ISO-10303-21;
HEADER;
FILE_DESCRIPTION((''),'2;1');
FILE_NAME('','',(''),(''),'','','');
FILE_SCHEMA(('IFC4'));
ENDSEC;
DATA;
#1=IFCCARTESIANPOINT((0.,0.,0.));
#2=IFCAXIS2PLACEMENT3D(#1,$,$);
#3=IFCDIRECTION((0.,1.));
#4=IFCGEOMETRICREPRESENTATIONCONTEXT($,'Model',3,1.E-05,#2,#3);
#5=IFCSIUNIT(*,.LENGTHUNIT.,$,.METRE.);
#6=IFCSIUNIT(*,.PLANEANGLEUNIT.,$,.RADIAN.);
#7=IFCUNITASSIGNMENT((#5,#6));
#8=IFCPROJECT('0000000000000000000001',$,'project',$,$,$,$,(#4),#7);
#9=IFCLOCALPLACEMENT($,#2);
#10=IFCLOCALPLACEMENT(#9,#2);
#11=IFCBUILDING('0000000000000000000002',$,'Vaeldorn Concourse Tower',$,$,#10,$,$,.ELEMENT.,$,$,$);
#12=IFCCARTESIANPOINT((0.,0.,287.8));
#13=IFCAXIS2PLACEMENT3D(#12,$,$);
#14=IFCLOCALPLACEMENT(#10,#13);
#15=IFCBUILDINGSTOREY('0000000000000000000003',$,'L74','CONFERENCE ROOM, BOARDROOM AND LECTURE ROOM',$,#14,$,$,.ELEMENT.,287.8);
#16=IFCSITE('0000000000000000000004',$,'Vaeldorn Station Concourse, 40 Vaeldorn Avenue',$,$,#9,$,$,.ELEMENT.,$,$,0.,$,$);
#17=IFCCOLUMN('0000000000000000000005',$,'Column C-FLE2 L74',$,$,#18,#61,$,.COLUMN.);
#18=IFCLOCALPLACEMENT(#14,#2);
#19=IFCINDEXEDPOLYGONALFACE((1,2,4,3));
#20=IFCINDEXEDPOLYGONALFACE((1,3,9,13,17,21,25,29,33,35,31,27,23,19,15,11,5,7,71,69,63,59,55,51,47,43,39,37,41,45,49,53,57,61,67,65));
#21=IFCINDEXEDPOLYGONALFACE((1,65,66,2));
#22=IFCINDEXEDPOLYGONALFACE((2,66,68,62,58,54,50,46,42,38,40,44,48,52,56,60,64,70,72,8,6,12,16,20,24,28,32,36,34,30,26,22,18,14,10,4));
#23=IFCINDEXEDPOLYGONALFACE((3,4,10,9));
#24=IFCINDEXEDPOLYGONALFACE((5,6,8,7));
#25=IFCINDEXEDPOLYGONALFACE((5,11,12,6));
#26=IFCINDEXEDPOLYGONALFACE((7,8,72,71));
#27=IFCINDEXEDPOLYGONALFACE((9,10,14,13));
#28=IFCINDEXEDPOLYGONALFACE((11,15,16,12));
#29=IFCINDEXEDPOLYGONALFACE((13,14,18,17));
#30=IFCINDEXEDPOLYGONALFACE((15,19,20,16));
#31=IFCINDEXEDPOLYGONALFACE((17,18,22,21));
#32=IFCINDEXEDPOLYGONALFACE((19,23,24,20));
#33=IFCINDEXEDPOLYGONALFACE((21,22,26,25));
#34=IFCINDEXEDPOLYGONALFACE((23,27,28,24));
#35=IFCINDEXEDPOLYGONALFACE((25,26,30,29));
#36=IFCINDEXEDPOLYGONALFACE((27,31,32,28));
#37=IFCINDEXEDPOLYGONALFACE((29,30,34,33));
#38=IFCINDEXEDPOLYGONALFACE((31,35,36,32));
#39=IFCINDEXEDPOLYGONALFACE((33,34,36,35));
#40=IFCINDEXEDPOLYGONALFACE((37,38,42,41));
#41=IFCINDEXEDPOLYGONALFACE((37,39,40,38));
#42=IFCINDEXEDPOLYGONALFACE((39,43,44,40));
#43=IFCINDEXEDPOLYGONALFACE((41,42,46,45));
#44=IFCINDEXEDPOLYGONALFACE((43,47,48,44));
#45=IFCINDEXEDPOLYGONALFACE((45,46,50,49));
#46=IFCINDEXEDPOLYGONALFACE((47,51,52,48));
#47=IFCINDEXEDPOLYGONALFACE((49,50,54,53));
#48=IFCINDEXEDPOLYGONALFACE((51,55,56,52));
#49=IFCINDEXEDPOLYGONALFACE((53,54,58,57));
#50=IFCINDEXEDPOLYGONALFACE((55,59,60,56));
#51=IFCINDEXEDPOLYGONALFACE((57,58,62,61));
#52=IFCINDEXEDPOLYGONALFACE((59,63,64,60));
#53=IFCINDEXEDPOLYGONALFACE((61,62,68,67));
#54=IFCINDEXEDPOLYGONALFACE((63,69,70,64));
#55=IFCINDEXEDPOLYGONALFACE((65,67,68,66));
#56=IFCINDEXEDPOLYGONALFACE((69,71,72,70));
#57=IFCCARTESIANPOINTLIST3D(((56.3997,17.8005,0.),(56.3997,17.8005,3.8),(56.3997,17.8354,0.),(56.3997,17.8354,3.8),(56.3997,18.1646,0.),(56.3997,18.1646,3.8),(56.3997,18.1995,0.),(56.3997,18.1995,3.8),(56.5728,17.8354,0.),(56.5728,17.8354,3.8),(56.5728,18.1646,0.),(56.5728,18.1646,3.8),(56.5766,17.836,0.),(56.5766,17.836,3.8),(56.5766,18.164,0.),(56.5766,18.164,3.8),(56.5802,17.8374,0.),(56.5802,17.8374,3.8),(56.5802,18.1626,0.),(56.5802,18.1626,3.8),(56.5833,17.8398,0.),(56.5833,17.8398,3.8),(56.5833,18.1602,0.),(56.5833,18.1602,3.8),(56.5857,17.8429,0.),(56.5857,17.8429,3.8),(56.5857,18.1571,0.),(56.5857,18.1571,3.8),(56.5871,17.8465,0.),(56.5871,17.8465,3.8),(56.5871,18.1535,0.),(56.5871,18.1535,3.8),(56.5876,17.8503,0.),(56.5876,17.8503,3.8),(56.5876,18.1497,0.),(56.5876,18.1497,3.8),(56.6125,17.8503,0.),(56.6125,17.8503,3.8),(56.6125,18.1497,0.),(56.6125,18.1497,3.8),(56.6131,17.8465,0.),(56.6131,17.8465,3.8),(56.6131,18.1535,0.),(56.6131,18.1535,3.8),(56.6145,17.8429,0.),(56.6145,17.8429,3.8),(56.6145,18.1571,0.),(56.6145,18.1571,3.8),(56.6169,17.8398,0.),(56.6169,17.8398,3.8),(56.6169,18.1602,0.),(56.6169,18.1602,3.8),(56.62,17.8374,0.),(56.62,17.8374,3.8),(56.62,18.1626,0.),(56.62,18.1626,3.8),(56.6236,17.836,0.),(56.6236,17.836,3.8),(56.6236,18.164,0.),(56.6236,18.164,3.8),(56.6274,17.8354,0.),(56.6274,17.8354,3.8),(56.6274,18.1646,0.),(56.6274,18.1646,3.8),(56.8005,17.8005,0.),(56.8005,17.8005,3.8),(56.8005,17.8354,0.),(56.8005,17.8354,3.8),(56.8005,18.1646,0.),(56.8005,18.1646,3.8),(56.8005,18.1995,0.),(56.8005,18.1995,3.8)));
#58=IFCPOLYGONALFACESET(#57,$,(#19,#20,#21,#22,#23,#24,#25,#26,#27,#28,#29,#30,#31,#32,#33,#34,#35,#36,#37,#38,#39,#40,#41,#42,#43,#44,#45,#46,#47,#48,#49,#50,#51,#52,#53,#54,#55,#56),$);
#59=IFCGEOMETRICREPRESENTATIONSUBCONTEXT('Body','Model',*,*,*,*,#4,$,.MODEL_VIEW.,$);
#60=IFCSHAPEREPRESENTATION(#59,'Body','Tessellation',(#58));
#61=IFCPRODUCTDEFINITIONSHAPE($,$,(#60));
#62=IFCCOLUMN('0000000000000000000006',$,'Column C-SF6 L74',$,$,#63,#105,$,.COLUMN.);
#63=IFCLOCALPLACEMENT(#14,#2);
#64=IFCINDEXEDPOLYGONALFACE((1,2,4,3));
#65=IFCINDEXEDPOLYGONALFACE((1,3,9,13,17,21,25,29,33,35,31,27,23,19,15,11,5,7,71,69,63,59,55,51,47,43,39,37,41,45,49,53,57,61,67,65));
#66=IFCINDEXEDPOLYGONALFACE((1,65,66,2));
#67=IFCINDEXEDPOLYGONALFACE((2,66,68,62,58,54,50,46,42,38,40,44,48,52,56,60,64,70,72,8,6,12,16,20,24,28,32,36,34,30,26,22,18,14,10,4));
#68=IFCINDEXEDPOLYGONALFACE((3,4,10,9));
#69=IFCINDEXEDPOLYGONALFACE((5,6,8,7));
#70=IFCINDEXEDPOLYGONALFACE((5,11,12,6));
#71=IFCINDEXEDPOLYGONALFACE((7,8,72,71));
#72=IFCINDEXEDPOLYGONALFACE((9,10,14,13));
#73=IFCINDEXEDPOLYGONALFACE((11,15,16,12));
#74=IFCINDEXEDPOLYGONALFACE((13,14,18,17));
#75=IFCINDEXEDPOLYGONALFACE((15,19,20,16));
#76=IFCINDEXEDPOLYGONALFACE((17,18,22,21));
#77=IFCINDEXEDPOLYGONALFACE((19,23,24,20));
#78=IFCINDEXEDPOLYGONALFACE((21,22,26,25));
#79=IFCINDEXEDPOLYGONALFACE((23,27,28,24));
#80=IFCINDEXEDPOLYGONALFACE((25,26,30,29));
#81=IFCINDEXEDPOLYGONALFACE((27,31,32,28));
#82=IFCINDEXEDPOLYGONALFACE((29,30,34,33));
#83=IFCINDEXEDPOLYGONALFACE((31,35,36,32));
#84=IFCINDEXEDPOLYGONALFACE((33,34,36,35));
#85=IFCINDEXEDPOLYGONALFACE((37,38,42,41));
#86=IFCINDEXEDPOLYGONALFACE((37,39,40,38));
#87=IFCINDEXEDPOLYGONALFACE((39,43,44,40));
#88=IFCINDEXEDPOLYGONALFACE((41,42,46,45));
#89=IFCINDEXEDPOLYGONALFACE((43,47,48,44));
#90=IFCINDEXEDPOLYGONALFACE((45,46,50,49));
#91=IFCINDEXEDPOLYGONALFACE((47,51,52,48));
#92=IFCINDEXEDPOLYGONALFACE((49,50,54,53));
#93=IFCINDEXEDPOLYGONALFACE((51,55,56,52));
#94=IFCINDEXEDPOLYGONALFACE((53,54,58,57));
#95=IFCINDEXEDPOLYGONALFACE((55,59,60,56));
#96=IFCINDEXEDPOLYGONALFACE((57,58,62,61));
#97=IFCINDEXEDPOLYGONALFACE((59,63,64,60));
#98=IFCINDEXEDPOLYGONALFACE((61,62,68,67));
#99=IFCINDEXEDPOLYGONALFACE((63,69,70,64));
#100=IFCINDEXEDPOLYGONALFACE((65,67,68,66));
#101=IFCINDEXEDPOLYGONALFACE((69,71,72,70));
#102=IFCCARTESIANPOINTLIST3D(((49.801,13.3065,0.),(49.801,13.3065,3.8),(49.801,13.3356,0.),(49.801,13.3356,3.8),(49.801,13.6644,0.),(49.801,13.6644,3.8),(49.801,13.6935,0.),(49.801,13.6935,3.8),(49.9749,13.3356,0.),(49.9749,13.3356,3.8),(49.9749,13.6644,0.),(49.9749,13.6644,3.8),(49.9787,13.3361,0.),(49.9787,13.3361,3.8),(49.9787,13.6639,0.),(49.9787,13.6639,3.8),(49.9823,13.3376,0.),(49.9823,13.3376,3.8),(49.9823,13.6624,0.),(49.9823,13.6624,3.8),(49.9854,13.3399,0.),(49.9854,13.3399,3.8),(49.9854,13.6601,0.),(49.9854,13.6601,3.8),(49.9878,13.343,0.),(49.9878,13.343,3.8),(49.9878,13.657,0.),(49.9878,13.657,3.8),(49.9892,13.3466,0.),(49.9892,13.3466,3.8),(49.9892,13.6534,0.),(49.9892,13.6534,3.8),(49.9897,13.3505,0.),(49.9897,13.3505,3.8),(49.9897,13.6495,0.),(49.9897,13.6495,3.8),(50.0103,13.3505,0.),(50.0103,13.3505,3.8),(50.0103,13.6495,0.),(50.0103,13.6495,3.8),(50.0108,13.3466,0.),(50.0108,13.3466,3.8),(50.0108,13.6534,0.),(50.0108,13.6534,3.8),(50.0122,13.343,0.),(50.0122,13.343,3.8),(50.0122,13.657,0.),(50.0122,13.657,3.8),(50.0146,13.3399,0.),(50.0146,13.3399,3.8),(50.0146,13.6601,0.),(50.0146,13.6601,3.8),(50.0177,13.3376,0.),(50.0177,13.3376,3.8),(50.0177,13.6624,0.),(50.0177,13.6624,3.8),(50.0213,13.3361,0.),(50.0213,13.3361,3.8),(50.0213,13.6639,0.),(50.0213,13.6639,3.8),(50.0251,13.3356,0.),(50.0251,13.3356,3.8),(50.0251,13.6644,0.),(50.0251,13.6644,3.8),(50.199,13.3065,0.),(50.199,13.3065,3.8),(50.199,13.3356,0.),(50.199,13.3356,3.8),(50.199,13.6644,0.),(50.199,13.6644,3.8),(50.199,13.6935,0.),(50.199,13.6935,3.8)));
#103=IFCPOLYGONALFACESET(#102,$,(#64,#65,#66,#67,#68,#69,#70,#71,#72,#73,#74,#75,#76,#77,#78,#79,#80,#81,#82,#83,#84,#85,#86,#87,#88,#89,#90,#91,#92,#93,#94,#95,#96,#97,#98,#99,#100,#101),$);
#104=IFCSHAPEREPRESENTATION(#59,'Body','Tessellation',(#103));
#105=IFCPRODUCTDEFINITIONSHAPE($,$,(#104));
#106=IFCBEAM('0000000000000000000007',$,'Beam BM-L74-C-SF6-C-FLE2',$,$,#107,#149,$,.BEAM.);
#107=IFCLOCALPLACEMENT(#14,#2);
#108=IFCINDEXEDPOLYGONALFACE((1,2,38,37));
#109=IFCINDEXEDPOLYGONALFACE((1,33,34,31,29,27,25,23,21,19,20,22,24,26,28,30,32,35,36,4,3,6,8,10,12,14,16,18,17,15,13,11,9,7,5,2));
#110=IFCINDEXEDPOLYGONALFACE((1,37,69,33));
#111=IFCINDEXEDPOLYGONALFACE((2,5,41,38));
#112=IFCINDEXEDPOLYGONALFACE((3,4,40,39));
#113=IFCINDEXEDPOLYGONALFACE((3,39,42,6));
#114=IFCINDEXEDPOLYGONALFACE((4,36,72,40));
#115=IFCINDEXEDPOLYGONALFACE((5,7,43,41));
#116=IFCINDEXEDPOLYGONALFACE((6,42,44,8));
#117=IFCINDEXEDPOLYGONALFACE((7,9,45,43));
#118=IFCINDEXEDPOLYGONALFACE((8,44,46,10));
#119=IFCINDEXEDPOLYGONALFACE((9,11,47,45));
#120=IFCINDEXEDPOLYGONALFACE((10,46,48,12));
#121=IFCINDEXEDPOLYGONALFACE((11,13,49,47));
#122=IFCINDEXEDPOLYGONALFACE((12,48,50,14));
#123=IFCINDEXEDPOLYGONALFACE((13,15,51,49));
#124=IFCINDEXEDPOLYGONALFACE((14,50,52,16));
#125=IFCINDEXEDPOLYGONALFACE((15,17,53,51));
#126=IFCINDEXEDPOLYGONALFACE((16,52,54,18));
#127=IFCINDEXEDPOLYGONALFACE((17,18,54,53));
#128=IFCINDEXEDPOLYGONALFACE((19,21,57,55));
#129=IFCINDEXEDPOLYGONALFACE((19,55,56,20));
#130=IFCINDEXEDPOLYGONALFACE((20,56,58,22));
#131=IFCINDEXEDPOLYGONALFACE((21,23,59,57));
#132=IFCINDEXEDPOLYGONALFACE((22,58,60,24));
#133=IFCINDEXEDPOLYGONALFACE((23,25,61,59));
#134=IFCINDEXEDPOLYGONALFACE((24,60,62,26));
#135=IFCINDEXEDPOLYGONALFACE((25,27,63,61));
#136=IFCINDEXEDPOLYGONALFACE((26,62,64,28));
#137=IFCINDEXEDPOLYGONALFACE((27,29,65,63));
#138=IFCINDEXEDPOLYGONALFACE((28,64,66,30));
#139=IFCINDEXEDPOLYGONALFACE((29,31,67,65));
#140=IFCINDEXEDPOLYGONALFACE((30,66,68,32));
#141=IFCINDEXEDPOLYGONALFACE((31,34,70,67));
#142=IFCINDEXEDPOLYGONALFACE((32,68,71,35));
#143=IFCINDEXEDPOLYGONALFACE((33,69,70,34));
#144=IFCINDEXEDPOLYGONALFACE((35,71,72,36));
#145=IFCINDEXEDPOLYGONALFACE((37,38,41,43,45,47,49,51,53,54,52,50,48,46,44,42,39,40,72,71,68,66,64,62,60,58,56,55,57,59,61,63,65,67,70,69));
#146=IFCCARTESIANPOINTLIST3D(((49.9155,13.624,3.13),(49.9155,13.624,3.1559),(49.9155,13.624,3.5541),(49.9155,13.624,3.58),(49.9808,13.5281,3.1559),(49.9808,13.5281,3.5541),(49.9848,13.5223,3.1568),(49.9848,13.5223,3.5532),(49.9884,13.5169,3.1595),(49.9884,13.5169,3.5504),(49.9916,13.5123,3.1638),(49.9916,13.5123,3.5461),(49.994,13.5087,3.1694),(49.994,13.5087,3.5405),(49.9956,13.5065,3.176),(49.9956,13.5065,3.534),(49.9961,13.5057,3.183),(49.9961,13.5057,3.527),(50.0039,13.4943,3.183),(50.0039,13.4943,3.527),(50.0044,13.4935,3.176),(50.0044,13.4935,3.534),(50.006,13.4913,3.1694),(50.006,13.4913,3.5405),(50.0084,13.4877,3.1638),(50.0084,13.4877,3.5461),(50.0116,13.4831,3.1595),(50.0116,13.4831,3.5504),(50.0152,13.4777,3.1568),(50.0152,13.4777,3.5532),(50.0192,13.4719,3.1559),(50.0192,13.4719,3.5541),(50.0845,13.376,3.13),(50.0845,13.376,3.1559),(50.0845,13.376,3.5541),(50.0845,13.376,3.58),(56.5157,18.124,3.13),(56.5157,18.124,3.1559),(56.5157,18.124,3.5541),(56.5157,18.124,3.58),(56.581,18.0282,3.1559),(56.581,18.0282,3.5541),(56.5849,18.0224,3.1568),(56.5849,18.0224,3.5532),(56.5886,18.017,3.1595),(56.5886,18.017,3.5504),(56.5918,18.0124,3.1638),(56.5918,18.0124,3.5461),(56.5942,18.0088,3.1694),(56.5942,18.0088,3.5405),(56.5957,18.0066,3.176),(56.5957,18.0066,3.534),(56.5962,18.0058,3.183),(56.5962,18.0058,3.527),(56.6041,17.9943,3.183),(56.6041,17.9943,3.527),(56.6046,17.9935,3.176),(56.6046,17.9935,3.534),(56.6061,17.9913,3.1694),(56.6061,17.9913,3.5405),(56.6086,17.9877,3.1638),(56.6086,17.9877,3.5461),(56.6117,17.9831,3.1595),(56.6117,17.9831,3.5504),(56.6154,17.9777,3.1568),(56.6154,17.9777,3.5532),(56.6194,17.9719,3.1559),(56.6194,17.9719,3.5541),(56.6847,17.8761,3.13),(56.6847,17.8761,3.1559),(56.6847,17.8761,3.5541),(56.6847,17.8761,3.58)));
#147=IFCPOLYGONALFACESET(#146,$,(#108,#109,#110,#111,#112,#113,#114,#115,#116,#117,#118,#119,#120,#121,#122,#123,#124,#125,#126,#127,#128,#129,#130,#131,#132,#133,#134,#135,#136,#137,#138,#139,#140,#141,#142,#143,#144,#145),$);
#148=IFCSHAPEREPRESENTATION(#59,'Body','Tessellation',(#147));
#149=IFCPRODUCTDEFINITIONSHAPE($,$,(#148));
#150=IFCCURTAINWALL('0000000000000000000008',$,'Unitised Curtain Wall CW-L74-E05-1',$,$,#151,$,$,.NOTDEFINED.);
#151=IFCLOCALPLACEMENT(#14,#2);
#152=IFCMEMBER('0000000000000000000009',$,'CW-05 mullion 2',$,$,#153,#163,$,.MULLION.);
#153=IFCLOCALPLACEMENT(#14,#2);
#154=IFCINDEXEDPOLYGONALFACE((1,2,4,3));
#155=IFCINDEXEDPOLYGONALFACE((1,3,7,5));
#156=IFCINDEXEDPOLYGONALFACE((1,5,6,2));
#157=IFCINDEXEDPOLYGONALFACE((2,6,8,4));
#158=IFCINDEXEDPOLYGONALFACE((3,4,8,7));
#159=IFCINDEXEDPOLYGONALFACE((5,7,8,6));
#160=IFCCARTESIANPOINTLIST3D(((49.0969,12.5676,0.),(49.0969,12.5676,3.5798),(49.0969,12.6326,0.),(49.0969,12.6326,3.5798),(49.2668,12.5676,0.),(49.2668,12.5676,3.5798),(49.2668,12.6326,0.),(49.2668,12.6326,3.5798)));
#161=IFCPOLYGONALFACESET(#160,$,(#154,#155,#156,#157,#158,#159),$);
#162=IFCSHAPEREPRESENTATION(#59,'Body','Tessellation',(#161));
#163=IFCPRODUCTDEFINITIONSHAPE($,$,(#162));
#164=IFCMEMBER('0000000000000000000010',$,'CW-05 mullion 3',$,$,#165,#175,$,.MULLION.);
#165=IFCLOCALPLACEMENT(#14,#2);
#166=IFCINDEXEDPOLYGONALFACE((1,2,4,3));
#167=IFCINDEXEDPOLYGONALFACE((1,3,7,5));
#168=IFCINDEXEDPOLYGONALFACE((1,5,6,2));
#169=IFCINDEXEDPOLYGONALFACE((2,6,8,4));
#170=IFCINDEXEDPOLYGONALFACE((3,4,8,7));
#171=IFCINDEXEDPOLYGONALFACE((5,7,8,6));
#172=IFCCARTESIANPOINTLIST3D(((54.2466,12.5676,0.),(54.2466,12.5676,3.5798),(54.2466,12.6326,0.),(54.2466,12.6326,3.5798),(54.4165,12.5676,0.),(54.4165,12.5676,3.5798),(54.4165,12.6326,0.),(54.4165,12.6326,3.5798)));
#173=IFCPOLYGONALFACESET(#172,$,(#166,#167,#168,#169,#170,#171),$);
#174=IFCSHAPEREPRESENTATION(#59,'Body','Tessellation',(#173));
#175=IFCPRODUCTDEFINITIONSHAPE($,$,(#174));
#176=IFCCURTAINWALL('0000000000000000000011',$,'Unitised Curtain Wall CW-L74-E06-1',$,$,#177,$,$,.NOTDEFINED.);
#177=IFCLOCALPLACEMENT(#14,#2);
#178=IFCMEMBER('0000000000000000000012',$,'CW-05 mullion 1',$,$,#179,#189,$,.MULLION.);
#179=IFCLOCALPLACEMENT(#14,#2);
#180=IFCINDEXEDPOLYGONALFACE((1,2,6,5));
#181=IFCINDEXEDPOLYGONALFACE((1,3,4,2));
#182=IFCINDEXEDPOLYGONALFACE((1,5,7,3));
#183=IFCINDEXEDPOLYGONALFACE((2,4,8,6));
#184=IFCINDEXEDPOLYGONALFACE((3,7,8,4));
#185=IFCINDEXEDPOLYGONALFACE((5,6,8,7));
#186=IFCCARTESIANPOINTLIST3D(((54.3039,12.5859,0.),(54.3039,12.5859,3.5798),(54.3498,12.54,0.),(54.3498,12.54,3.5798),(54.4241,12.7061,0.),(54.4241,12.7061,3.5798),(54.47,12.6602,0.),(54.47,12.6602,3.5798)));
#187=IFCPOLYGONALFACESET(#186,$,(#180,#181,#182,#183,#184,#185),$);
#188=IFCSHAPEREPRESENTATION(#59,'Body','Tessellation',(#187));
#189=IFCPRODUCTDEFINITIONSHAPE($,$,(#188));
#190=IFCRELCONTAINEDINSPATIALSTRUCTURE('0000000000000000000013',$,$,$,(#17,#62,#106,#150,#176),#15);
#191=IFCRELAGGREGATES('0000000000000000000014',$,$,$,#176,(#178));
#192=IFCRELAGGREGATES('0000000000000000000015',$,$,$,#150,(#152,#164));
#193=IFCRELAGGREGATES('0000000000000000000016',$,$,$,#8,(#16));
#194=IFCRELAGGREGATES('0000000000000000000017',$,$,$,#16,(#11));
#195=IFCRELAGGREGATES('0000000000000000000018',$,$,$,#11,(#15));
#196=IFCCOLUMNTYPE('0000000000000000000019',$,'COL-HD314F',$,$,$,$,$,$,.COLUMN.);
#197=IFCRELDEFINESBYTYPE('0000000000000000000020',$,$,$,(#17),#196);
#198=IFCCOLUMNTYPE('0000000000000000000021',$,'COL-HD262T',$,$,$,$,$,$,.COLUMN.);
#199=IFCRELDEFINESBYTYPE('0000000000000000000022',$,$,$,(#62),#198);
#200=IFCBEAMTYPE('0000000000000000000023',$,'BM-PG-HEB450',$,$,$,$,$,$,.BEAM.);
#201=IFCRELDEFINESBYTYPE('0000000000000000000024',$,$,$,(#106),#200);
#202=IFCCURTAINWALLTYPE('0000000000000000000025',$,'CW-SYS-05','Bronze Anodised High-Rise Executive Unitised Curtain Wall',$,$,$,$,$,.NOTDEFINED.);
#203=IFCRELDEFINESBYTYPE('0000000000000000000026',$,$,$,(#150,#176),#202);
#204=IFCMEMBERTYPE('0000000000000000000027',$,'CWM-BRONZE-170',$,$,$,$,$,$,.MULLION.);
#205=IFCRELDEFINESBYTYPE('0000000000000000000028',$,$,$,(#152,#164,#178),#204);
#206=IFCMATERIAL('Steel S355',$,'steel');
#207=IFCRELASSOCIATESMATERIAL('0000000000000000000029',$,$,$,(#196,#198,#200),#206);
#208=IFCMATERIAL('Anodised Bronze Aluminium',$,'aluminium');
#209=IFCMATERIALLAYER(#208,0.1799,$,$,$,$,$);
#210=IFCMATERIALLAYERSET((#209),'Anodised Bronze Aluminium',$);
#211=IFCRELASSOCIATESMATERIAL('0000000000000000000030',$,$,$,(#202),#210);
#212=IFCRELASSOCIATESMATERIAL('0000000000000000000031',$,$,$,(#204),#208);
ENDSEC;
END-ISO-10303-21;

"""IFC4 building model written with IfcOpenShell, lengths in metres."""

from ifc_helpers import new_model, si_unit, direction, frame, origin, origin_2d, place, context, subcontext, project, spatial, rectangle, i_section, extrude, source, transform, mapped, material, layer, layer_set, material_profile, profile_set, type_object, element, aggregate, save


model = new_model("IFC4")

# Units and contexts
model_context = context("Model", 3, precision=1e-05, world=origin(), true_north=direction((0.0, 1.0)))
body_context = subcontext(model_context, "Body", "Model", "MODEL_VIEW")
ifc_project = project(units=[si_unit("LENGTHUNIT", "METRE"), si_unit("PLANEANGLEUNIT", "RADIAN")], contexts=[model_context])

# Site, building, storey
site_placement = place(None, origin())
site = spatial("IfcSite", under=ifc_project, at=site_placement, Name="Vaeldorn Station Concourse, 40 Vaeldorn Avenue", CompositionType="ELEMENT", RefElevation=0.0)
building_placement = place(site_placement, origin())
building = spatial("IfcBuilding", under=site, at=building_placement, Name="Vaeldorn Concourse Tower", CompositionType="ELEMENT")
storey_placement = place(building_placement, frame((0.0, 0.0, 287.8)))
storey = spatial("IfcBuildingStorey", under=building, at=storey_placement, Name="L74", Description="CONFERENCE ROOM, BOARDROOM AND LECTURE ROOM", CompositionType="ELEMENT", Elevation=287.8)

# Columns
ifc_material_1 = material(Name="Steel S355", Category="steel")
ifc_material_profile_1 = material_profile(ifc_material_1, i_section(OverallWidth=0.4009, OverallDepth=0.3989, WebThickness=0.0249, FlangeThickness=0.0349, FilletRadius=0.0149, at=origin_2d()), Name="HD 400x314")
ifc_profile_set_1 = profile_set([ifc_material_profile_1], Name="Steel S355")
column_type_1 = type_object("IfcColumnType", Name="COL-HD314F", PredefinedType="COLUMN", material=ifc_profile_set_1)
shared_shape_1 = source(origin(), body_context, "Body", "SweptSolid", [
    extrude(i_section(OverallWidth=0.4009, OverallDepth=0.3989, WebThickness=0.0249, FlangeThickness=0.0349, FilletRadius=0.0149, at=origin_2d()), origin(), (0.0, 0.0, 1.0), 3.8),
])
column_1_placement = place(storey_placement, frame((56.6001, 18.0, 0.0), z_axis=(0.0, 0.0, 1.0), x_axis=(1.0, 0.0, 0.0)))
element("IfcColumn", 1, at=column_1_placement, inside=storey, type_object=column_type_1, Name="Column C-FLE2 L74", PredefinedType="COLUMN", context=body_context, shape_type="MappedRepresentation", body=[
    mapped(shared_shape_1, transform((0.0, 0.0, 0.0), scale=1.0)),
])
ifc_material_profile_2 = material_profile(ifc_material_1, i_section(OverallWidth=0.3979, OverallDepth=0.387, WebThickness=0.0205, FlangeThickness=0.0291, FilletRadius=0.0149, at=origin_2d()), Name="HD 400x262")
ifc_profile_set_2 = profile_set([ifc_material_profile_2], Name="Steel S355")
column_type_2 = type_object("IfcColumnType", Name="COL-HD262T", PredefinedType="COLUMN", material=ifc_profile_set_2)
shared_shape_2 = source(origin(), body_context, "Body", "SweptSolid", [
    extrude(i_section(OverallWidth=0.3979, OverallDepth=0.387, WebThickness=0.0205, FlangeThickness=0.0291, FilletRadius=0.0149, at=origin_2d()), origin(), (0.0, 0.0, 1.0), 3.8),
])
column_2_placement = place(storey_placement, frame((50.0, 13.5, 0.0), z_axis=(0.0, 0.0, 1.0), x_axis=(1.0, 0.0, 0.0)))
element("IfcColumn", 2, at=column_2_placement, inside=storey, type_object=column_type_2, Name="Column C-SF6 L74", PredefinedType="COLUMN", context=body_context, shape_type="MappedRepresentation", body=[
    mapped(shared_shape_2, transform((0.0, 0.0, 0.0), scale=1.0)),
])

# Beam
ifc_material_profile_3 = material_profile(ifc_material_1, i_section(OverallWidth=0.3, OverallDepth=0.45, WebThickness=0.0139, FlangeThickness=0.0259, FilletRadius=0.0271, at=origin_2d()), Name="HEB 450")
ifc_profile_set_3 = profile_set([ifc_material_profile_3], Name="Steel S355")
beam_type = type_object("IfcBeamType", Name="BM-PG-HEB450", PredefinedType="BEAM", material=ifc_profile_set_3)
shared_shape_3 = source(origin(), body_context, "Body", "SweptSolid", [
    extrude(i_section(OverallWidth=0.3, OverallDepth=0.45, WebThickness=0.0139, FlangeThickness=0.0259, FilletRadius=0.0271, at=origin_2d()), origin(), (0.0, 0.0, 1.0), 7.9883),
])
beam_placement = place(storey_placement, frame((50.0, 13.5, 3.355), z_axis=(0.826231, 0.563331, 0.0), x_axis=(-0.563331, 0.826231, 0.0)))
element("IfcBeam", 3, at=beam_placement, inside=storey, type_object=beam_type, Name="Beam BM-L74-C-SF6-C-FLE2", PredefinedType="BEAM", context=body_context, shape_type="MappedRepresentation", body=[
    mapped(shared_shape_3, transform((0.0, 0.0, 0.0), scale=1.0)),
])

# Curtain walls, members
ifc_material_2 = material(Name="Anodised Bronze Aluminium", Category="aluminium")
ifc_layer_1 = layer(ifc_material_2, 0.1799)
ifc_layer_set_1 = layer_set([ifc_layer_1], Name="Anodised Bronze Aluminium")
curtain_wall_type = type_object("IfcCurtainWallType", Name="CW-SYS-05", Description="Bronze Anodised High-Rise Executive Unitised Curtain Wall", PredefinedType="NOTDEFINED", material=ifc_layer_set_1)
curtain_wall_1_placement = place(storey_placement, origin())
curtain_wall_1 = element("IfcCurtainWall", 4, at=curtain_wall_1_placement, inside=storey, type_object=curtain_wall_type, Name="Unitised Curtain Wall CW-L74-E05-1", PredefinedType="NOTDEFINED")
ifc_material_profile_4 = material_profile(ifc_material_2, rectangle(XDim=0.0649, YDim=0.1699, at=origin_2d()), Name="CWM 65x170")
ifc_profile_set_4 = profile_set([ifc_material_profile_4], Name="Anodised Bronze Aluminium")
member_type_1 = type_object("IfcMemberType", Name="CWM-BRONZE-170", PredefinedType="MULLION", material=ifc_profile_set_4)
shared_shape_4 = source(origin(), body_context, "Body", "SweptSolid", [
    extrude(rectangle(XDim=0.0649, YDim=0.1699, at=origin_2d()), origin(), (0.0, 0.0, 1.0), 3.5798),
])
member_1_placement = place(storey_placement, frame((49.1819, 12.6001, 0.0), z_axis=(0.0, 0.0, 1.0), x_axis=(0.0, 1.0, 0.0)))
member_1 = element("IfcMember", 5, at=member_1_placement, type_object=member_type_1, Name="CW-05 mullion 2", PredefinedType="MULLION", context=body_context, shape_type="MappedRepresentation", body=[
    mapped(shared_shape_4, transform((0.0, 0.0, 0.0), scale=1.0)),
])
member_2_placement = place(storey_placement, frame((54.3315, 12.6001, 0.0), z_axis=(0.0, 0.0, 1.0), x_axis=(0.0, 1.0, 0.0)))
member_2 = element("IfcMember", 6, at=member_2_placement, type_object=member_type_1, Name="CW-05 mullion 3", PredefinedType="MULLION", context=body_context, shape_type="MappedRepresentation", body=[
    mapped(shared_shape_4, transform((0.0, 0.0, 0.0), scale=1.0)),
])
curtain_wall_2_placement = place(storey_placement, origin())
curtain_wall_2 = element("IfcCurtainWall", 7, at=curtain_wall_2_placement, inside=storey, type_object=curtain_wall_type, Name="Unitised Curtain Wall CW-L74-E06-1", PredefinedType="NOTDEFINED")
member_3_placement = place(storey_placement, frame((54.387, 12.623, 0.0), z_axis=(0.0, 0.0, 1.0), x_axis=(-0.707107, 0.707107, 0.0)))
member_3 = element("IfcMember", 8, at=member_3_placement, type_object=member_type_1, Name="CW-05 mullion 1", PredefinedType="MULLION", context=body_context, shape_type="MappedRepresentation", body=[
    mapped(shared_shape_4, transform((0.0, 0.0, 0.0), scale=1.0)),
])

aggregate(curtain_wall_2, [member_3])
aggregate(curtain_wall_1, [member_1, member_2])

save(model, "model.ifc")
